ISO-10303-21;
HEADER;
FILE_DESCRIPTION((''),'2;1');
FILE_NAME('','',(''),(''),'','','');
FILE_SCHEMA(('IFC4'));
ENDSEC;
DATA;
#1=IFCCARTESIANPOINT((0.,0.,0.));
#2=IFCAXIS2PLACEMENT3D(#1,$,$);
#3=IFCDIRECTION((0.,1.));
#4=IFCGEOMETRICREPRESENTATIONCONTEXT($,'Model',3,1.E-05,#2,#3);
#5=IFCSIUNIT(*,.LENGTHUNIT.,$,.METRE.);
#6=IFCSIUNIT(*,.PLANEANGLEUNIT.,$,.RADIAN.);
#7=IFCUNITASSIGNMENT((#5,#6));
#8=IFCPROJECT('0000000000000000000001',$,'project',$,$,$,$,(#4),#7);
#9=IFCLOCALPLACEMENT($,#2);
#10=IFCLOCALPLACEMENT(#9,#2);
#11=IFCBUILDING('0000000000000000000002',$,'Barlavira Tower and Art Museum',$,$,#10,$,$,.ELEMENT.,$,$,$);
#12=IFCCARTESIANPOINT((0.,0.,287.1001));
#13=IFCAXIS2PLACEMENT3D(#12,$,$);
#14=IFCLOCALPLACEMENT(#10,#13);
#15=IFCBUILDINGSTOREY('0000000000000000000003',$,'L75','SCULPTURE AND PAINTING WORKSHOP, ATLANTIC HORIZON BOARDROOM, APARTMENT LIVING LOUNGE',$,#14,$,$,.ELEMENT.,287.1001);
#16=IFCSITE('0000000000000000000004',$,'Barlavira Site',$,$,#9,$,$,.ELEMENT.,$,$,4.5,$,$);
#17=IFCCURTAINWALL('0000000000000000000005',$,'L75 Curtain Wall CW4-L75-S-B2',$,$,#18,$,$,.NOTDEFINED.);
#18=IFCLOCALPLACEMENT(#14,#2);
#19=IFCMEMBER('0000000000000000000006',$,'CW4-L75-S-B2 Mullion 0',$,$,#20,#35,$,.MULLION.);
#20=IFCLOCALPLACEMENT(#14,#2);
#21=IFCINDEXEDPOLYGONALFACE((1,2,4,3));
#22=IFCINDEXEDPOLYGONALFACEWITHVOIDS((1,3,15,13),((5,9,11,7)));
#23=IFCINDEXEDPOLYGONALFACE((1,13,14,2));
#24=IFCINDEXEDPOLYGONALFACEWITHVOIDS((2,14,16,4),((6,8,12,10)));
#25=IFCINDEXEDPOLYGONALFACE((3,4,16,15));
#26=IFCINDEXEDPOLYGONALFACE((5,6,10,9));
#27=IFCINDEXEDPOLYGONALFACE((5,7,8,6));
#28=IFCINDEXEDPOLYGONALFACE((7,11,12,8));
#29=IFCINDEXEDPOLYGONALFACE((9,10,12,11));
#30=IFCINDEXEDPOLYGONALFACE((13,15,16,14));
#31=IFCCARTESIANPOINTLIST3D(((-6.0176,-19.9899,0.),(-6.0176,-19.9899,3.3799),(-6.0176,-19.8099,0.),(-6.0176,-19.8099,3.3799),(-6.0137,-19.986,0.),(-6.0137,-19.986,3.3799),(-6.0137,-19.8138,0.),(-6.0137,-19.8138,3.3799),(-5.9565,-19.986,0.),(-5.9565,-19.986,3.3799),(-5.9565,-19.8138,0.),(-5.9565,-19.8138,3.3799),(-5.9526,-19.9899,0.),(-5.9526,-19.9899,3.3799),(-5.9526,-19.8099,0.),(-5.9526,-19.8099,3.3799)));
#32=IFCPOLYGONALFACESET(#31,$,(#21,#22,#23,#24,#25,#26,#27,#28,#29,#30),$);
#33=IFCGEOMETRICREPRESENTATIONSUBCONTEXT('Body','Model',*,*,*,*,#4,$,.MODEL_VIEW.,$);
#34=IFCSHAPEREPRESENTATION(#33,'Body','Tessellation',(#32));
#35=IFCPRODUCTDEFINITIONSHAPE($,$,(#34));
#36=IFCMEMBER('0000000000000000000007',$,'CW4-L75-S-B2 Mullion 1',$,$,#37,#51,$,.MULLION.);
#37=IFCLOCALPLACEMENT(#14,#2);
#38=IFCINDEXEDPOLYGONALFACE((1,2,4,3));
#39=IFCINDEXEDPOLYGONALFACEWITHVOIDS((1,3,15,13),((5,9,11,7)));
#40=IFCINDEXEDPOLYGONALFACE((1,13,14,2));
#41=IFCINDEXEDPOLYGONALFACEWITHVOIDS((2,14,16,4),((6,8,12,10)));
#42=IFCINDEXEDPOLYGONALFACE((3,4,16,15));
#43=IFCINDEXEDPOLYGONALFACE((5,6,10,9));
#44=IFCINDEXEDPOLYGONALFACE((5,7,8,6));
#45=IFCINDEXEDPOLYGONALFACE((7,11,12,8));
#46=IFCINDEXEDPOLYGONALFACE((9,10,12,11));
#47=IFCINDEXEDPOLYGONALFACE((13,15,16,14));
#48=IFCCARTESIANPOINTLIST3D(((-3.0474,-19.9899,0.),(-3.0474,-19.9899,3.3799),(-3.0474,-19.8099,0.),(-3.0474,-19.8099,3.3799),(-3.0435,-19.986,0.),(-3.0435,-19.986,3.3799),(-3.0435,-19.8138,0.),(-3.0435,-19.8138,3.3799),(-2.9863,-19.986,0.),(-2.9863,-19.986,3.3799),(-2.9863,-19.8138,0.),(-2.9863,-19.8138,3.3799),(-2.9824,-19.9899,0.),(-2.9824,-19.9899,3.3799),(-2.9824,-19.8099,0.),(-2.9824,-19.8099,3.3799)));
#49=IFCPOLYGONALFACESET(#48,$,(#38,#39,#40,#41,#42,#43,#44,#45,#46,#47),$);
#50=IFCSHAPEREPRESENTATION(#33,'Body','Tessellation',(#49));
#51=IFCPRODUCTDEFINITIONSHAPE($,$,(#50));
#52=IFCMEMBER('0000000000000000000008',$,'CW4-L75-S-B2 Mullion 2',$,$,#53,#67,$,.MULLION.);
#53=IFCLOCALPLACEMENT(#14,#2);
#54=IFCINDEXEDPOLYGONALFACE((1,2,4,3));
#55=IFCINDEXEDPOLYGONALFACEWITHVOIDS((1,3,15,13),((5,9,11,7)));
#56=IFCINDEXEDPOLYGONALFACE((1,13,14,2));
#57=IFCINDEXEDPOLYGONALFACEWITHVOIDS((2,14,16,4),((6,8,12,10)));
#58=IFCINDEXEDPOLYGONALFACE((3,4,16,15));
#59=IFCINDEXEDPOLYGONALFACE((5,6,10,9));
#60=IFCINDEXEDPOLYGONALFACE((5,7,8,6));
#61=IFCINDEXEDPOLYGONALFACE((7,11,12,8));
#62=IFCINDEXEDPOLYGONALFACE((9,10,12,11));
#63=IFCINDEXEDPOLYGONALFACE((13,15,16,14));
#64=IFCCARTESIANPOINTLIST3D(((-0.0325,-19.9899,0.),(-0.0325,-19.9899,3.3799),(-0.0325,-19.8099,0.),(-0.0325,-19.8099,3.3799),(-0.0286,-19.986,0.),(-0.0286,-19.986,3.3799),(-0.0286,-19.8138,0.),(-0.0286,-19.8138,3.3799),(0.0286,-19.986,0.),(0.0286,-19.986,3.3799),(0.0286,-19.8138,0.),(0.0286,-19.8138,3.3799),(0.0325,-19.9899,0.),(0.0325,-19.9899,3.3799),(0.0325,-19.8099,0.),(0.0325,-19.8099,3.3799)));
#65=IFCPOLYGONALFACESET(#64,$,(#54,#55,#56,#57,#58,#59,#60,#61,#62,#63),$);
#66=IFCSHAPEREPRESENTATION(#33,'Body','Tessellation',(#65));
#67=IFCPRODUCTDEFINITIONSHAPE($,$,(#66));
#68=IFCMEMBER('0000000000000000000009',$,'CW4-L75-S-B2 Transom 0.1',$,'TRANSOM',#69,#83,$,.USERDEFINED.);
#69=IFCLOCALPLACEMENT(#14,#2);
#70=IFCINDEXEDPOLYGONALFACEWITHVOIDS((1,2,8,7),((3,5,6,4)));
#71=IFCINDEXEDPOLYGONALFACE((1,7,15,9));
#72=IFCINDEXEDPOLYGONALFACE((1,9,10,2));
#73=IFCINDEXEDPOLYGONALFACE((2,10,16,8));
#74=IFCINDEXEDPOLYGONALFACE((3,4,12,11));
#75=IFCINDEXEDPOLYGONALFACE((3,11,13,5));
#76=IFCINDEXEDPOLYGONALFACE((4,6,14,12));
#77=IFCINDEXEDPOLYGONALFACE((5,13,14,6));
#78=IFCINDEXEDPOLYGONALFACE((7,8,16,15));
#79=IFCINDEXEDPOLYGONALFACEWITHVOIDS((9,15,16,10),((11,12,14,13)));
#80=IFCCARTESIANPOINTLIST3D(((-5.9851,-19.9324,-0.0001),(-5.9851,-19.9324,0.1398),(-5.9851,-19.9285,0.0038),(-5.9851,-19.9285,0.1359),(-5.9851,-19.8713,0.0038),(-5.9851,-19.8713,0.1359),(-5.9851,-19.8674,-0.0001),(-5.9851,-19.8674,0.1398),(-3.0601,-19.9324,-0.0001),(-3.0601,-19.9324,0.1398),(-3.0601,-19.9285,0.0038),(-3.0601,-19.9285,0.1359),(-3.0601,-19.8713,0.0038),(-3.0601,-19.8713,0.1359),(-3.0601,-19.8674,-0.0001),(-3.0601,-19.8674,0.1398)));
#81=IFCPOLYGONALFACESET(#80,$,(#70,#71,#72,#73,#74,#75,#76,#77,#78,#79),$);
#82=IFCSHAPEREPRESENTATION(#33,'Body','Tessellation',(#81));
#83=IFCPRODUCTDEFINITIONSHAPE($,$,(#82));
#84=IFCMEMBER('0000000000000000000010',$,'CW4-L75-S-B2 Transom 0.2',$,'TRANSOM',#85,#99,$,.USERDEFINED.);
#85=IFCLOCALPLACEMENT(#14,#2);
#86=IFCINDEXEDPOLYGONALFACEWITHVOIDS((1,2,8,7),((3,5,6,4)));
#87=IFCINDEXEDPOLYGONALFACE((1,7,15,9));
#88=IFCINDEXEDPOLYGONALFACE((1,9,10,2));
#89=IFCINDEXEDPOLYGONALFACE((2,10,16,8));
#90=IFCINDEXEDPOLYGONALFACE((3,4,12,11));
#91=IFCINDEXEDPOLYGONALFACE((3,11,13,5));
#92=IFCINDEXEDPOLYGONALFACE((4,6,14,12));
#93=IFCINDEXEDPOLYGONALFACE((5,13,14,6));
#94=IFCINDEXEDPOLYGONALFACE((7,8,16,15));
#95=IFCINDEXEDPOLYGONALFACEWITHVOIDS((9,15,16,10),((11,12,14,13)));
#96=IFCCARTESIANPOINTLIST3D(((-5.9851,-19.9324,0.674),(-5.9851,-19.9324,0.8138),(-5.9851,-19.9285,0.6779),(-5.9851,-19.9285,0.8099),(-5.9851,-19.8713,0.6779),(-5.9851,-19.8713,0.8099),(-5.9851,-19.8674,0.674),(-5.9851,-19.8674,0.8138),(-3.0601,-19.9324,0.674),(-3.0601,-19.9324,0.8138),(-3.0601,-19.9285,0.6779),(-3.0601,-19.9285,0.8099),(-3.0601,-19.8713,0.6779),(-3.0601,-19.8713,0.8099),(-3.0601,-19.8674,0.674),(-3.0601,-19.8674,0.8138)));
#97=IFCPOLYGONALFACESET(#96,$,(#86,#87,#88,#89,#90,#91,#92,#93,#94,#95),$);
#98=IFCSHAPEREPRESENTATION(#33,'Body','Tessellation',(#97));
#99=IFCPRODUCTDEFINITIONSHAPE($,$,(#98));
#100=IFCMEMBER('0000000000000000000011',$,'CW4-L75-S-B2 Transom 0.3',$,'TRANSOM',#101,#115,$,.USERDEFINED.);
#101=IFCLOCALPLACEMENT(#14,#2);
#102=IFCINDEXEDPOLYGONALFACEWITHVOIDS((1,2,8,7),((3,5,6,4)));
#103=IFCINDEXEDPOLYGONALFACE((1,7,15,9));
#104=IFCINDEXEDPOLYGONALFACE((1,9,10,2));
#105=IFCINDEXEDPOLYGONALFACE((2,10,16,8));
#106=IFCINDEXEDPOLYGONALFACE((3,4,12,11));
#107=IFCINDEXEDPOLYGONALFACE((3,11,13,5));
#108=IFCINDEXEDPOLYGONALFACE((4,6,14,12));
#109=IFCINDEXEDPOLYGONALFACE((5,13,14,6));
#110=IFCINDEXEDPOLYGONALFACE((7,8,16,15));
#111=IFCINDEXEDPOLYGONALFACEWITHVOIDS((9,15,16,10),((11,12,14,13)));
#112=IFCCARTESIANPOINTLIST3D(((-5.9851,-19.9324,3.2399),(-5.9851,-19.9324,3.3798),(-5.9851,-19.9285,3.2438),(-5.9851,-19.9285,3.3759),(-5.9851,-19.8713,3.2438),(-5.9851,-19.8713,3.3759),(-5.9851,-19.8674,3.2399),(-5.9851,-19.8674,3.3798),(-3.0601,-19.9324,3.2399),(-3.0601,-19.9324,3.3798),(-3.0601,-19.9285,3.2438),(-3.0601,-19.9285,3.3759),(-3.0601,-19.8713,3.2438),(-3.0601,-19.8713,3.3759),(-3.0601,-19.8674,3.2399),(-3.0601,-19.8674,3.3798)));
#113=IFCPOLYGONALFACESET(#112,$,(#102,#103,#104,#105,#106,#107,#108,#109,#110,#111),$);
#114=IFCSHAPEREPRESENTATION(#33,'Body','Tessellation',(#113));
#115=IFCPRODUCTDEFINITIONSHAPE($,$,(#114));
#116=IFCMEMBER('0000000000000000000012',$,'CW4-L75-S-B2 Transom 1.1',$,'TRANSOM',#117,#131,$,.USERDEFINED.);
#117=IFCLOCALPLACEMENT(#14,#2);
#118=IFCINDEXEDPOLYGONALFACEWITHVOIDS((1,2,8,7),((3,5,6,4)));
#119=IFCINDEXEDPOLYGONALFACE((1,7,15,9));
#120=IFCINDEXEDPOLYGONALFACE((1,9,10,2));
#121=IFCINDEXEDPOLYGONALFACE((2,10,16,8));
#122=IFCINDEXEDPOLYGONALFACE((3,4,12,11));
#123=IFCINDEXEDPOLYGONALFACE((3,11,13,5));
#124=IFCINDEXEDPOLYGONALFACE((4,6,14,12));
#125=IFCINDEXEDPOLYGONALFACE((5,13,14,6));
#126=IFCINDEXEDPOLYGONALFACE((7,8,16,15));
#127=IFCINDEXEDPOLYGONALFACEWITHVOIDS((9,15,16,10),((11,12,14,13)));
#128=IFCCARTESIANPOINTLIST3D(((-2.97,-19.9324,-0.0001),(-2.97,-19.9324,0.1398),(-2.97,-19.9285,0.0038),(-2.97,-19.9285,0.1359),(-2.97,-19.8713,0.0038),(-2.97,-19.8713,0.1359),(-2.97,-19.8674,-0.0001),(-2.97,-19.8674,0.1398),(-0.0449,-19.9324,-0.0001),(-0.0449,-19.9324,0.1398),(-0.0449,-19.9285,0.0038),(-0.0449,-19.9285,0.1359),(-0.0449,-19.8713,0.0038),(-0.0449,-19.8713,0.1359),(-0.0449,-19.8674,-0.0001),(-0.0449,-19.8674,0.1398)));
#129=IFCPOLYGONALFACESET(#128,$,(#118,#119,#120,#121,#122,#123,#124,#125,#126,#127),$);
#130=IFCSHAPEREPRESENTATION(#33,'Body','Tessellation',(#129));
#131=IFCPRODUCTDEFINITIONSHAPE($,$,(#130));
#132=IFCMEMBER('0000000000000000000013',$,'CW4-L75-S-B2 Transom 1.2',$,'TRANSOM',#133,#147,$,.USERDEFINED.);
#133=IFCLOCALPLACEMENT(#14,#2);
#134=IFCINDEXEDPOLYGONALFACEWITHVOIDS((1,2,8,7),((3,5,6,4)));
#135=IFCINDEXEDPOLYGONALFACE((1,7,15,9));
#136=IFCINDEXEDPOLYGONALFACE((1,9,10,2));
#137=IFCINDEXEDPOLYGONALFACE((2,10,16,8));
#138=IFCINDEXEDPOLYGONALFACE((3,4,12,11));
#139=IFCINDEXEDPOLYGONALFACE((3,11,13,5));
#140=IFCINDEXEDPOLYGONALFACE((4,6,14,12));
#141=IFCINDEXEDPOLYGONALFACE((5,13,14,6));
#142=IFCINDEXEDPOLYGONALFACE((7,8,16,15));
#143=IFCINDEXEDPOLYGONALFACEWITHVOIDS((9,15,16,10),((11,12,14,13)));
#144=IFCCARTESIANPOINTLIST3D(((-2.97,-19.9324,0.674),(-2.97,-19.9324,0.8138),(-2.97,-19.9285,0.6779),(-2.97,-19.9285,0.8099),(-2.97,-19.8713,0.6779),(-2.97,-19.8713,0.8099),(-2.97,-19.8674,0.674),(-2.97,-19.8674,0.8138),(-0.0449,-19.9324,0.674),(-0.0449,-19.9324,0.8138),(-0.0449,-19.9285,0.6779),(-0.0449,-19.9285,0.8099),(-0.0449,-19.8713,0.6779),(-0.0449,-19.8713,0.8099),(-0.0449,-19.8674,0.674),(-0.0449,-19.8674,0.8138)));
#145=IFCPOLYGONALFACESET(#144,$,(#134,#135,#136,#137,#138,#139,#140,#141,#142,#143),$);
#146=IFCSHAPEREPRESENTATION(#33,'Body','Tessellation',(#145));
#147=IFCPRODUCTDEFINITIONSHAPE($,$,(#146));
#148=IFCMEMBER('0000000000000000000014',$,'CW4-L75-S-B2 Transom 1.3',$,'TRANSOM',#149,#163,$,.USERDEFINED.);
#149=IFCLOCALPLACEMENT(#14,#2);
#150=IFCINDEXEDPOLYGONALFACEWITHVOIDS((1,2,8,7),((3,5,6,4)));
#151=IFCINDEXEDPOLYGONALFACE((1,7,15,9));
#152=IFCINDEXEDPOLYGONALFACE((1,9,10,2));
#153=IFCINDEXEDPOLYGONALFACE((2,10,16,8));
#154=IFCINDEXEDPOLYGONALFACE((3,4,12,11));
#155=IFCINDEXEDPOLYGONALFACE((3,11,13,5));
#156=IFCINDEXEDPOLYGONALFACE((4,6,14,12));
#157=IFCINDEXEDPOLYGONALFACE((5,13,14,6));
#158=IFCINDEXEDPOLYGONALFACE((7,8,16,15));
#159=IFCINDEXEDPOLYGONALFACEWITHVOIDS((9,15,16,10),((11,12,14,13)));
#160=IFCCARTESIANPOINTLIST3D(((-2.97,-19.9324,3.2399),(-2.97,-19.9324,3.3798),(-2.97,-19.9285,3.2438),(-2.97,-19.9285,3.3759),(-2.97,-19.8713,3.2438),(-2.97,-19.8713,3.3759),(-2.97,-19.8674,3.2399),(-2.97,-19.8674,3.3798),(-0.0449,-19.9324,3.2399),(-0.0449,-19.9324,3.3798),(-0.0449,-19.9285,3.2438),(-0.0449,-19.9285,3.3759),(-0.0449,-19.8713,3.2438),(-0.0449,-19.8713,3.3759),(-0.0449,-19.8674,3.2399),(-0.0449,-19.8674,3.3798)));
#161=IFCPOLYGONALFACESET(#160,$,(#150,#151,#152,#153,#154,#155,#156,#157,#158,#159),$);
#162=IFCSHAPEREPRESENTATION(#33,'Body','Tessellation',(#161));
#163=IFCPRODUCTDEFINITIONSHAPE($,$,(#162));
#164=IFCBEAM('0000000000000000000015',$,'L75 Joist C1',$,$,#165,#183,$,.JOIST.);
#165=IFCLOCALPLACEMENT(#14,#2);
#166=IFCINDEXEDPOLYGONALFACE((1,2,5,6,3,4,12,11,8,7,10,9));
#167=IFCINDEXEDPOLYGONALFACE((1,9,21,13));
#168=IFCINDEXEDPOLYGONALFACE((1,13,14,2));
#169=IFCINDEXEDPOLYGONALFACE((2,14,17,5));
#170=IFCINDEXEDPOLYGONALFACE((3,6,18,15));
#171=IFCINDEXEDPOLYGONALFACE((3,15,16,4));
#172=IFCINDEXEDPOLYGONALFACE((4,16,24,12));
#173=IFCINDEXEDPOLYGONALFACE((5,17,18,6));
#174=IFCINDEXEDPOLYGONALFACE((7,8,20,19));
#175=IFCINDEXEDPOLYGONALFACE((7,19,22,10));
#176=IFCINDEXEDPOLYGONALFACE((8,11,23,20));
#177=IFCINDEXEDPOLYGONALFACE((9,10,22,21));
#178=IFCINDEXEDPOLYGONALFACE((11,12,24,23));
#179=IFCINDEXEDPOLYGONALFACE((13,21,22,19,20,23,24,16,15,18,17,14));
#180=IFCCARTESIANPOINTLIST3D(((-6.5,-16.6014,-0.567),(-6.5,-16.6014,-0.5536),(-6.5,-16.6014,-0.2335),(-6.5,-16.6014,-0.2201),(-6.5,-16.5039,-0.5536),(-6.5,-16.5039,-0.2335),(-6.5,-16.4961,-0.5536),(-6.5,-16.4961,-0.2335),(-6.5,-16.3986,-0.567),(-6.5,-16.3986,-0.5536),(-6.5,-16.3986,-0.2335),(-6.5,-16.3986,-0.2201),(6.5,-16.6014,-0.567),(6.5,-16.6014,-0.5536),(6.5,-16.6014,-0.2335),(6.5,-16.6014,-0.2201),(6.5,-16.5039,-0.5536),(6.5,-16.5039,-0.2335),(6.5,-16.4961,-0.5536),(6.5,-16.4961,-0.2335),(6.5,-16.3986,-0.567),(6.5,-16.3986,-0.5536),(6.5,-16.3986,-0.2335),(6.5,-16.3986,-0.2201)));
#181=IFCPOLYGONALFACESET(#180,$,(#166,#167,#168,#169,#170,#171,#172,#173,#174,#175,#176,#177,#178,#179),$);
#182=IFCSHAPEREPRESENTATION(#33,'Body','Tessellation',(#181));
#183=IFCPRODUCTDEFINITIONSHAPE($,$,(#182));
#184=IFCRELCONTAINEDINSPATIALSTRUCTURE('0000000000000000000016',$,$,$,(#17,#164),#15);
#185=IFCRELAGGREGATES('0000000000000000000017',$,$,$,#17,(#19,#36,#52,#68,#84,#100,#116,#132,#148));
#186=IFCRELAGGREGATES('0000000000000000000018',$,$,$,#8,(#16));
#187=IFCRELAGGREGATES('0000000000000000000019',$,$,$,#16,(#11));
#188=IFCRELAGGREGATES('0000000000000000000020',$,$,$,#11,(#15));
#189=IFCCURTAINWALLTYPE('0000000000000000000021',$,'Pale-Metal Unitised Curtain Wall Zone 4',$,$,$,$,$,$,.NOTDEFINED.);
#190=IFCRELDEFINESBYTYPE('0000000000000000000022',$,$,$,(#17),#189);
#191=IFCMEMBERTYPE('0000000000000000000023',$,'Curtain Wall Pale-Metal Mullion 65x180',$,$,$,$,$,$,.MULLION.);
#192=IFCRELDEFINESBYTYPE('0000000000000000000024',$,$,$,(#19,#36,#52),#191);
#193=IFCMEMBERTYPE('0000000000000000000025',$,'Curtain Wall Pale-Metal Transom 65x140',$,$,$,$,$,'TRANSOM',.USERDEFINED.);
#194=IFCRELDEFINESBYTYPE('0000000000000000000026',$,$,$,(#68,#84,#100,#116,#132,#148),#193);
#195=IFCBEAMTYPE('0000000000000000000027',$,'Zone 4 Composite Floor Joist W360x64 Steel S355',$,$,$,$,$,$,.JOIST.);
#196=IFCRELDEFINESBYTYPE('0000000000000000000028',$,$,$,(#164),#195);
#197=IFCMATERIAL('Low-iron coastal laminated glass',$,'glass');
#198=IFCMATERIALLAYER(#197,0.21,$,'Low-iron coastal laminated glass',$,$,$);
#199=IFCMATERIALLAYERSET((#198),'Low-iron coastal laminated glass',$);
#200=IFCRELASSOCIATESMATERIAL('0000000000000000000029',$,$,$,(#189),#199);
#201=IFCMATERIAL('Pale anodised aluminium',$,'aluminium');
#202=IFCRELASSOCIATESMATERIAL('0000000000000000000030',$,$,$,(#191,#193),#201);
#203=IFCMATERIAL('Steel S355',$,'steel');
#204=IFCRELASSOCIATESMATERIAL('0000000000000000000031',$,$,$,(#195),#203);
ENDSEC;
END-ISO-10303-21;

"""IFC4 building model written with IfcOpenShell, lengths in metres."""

from ifc_helpers import new_model, si_unit, direction, frame, origin, origin_2d, place, context, subcontext, project, spatial, hollow_rectangle, i_section, extrude, material, layer, layer_set, material_profile, profile_set, type_object, element, aggregate, save


model = new_model("IFC4")

# Units and contexts
model_context = context("Model", 3, precision=1e-05, world=origin(), true_north=direction((0.0, 1.0)))
body_context = subcontext(model_context, "Body", "Model", "MODEL_VIEW")
ifc_project = project(units=[si_unit("LENGTHUNIT", "METRE"), si_unit("PLANEANGLEUNIT", "RADIAN")], contexts=[model_context])

# Site, building, storey
site_placement = place(None, origin())
site = spatial("IfcSite", under=ifc_project, at=site_placement, Name="Barlavira Site", CompositionType="ELEMENT", RefElevation=4.5)
building_placement = place(site_placement, origin())
building = spatial("IfcBuilding", under=site, at=building_placement, Name="Barlavira Tower and Art Museum", CompositionType="ELEMENT")
storey_placement = place(building_placement, frame((0.0, 0.0, 287.1001)))
storey = spatial("IfcBuildingStorey", under=building, at=storey_placement, Name="L75", Description="SCULPTURE AND PAINTING WORKSHOP, ATLANTIC HORIZON BOARDROOM, APARTMENT LIVING LOUNGE", CompositionType="ELEMENT", Elevation=287.1001)

# Curtain wall, members
ifc_material_1 = material(Name="Low-iron coastal laminated glass", Category="glass")
ifc_layer_1 = layer(ifc_material_1, 0.21, Name="Low-iron coastal laminated glass")
ifc_layer_set_1 = layer_set([ifc_layer_1], Name="Low-iron coastal laminated glass")
curtain_wall_type = type_object("IfcCurtainWallType", Name="Pale-Metal Unitised Curtain Wall Zone 4", PredefinedType="NOTDEFINED", material=ifc_layer_set_1)
curtain_wall_placement = place(storey_placement, origin())
curtain_wall = element("IfcCurtainWall", 1, at=curtain_wall_placement, inside=storey, type_object=curtain_wall_type, Name="L75 Curtain Wall CW4-L75-S-B2", PredefinedType="NOTDEFINED")
ifc_material_2 = material(Name="Pale anodised aluminium", Category="aluminium")
ifc_material_profile_1 = material_profile(ifc_material_2, hollow_rectangle(XDim=0.0649, YDim=0.1799, WallThickness=0.0039, at=origin_2d()), Name="ALU-MULL 65x180x4")
ifc_profile_set_1 = profile_set([ifc_material_profile_1], Name="Pale anodised aluminium")
member_type_1 = type_object("IfcMemberType", Name="Curtain Wall Pale-Metal Mullion 65x180", PredefinedType="MULLION", material=ifc_profile_set_1)
member_1_placement = place(storey_placement, frame((-5.9851, -19.8999, 0.0), z_axis=(0.0, 0.0, 1.0), x_axis=(1.0, 0.0, 0.0)))
member_1 = element("IfcMember", 2, at=member_1_placement, type_object=member_type_1, Name="CW4-L75-S-B2 Mullion 0", PredefinedType="MULLION", context=body_context, shape_type="SweptSolid", body=[
    extrude(hollow_rectangle(XDim=0.0649, YDim=0.1799, WallThickness=0.0039, at=origin_2d()), origin(), (0.0, 0.0, 1.0), 3.3799),
])
member_2_placement = place(storey_placement, frame((-3.0149, -19.8999, 0.0), z_axis=(0.0, 0.0, 1.0), x_axis=(1.0, 0.0, 0.0)))
member_2 = element("IfcMember", 3, at=member_2_placement, type_object=member_type_1, Name="CW4-L75-S-B2 Mullion 1", PredefinedType="MULLION", context=body_context, shape_type="SweptSolid", body=[
    extrude(hollow_rectangle(XDim=0.0649, YDim=0.1799, WallThickness=0.0039, at=origin_2d()), origin(), (0.0, 0.0, 1.0), 3.3799),
])
member_3_placement = place(storey_placement, frame((0.0, -19.8999, 0.0), z_axis=(0.0, 0.0, 1.0), x_axis=(1.0, 0.0, 0.0)))
member_3 = element("IfcMember", 4, at=member_3_placement, type_object=member_type_1, Name="CW4-L75-S-B2 Mullion 2", PredefinedType="MULLION", context=body_context, shape_type="SweptSolid", body=[
    extrude(hollow_rectangle(XDim=0.0649, YDim=0.1799, WallThickness=0.0039, at=origin_2d()), origin(), (0.0, 0.0, 1.0), 3.3799),
])
ifc_material_profile_2 = material_profile(ifc_material_2, hollow_rectangle(XDim=0.0649, YDim=0.1399, WallThickness=0.0039, at=origin_2d()), Name="ALU-TRAN 65x140x4")
ifc_profile_set_2 = profile_set([ifc_material_profile_2], Name="Pale anodised aluminium")
member_type_2 = type_object("IfcMemberType", Name="Curtain Wall Pale-Metal Transom 65x140", ElementType="TRANSOM", PredefinedType="USERDEFINED", material=ifc_profile_set_2)
member_4_placement = place(storey_placement, frame((-5.9851, -19.8999, 0.0698), z_axis=(1.0, 0.0, 0.0), x_axis=(0.0, 1.0, 0.0)))
member_4 = element("IfcMember", 5, at=member_4_placement, type_object=member_type_2, Name="CW4-L75-S-B2 Transom 0.1", ObjectType="TRANSOM", PredefinedType="USERDEFINED", context=body_context, shape_type="SweptSolid", body=[
    extrude(hollow_rectangle(XDim=0.0649, YDim=0.1399, WallThickness=0.0039, at=origin_2d()), origin(), (0.0, 0.0, 1.0), 2.925),
])
member_5_placement = place(storey_placement, frame((-5.9851, -19.8999, 0.7439), z_axis=(1.0, 0.0, 0.0), x_axis=(0.0, 1.0, 0.0)))
member_5 = element("IfcMember", 6, at=member_5_placement, type_object=member_type_2, Name="CW4-L75-S-B2 Transom 0.2", ObjectType="TRANSOM", PredefinedType="USERDEFINED", context=body_context, shape_type="SweptSolid", body=[
    extrude(hollow_rectangle(XDim=0.0649, YDim=0.1399, WallThickness=0.0039, at=origin_2d()), origin(), (0.0, 0.0, 1.0), 2.925),
])
member_6_placement = place(storey_placement, frame((-5.9851, -19.8999, 3.3098), z_axis=(1.0, 0.0, 0.0), x_axis=(0.0, 1.0, 0.0)))
member_6 = element("IfcMember", 7, at=member_6_placement, type_object=member_type_2, Name="CW4-L75-S-B2 Transom 0.3", ObjectType="TRANSOM", PredefinedType="USERDEFINED", context=body_context, shape_type="SweptSolid", body=[
    extrude(hollow_rectangle(XDim=0.0649, YDim=0.1399, WallThickness=0.0039, at=origin_2d()), origin(), (0.0, 0.0, 1.0), 2.925),
])
member_7_placement = place(storey_placement, frame((-2.97, -19.8999, 0.0698), z_axis=(1.0, 0.0, 0.0), x_axis=(0.0, 1.0, 0.0)))
member_7 = element("IfcMember", 8, at=member_7_placement, type_object=member_type_2, Name="CW4-L75-S-B2 Transom 1.1", ObjectType="TRANSOM", PredefinedType="USERDEFINED", context=body_context, shape_type="SweptSolid", body=[
    extrude(hollow_rectangle(XDim=0.0649, YDim=0.1399, WallThickness=0.0039, at=origin_2d()), origin(), (0.0, 0.0, 1.0), 2.925),
])
member_8_placement = place(storey_placement, frame((-2.97, -19.8999, 0.7439), z_axis=(1.0, 0.0, 0.0), x_axis=(0.0, 1.0, 0.0)))
member_8 = element("IfcMember", 9, at=member_8_placement, type_object=member_type_2, Name="CW4-L75-S-B2 Transom 1.2", ObjectType="TRANSOM", PredefinedType="USERDEFINED", context=body_context, shape_type="SweptSolid", body=[
    extrude(hollow_rectangle(XDim=0.0649, YDim=0.1399, WallThickness=0.0039, at=origin_2d()), origin(), (0.0, 0.0, 1.0), 2.925),
])
member_9_placement = place(storey_placement, frame((-2.97, -19.8999, 3.3098), z_axis=(1.0, 0.0, 0.0), x_axis=(0.0, 1.0, 0.0)))
member_9 = element("IfcMember", 10, at=member_9_placement, type_object=member_type_2, Name="CW4-L75-S-B2 Transom 1.3", ObjectType="TRANSOM", PredefinedType="USERDEFINED", context=body_context, shape_type="SweptSolid", body=[
    extrude(hollow_rectangle(XDim=0.0649, YDim=0.1399, WallThickness=0.0039, at=origin_2d()), origin(), (0.0, 0.0, 1.0), 2.925),
])

# Beam
ifc_material_3 = material(Name="Steel S355", Category="steel")
ifc_material_profile_3 = material_profile(ifc_material_3, i_section(OverallWidth=0.2029, OverallDepth=0.3469, WebThickness=0.0078, FlangeThickness=0.0134, at=origin_2d()), Name="W360x64.0")
ifc_profile_set_3 = profile_set([ifc_material_profile_3], Name="Steel S355")
beam_type = type_object("IfcBeamType", Name="Zone 4 Composite Floor Joist W360x64 Steel S355", PredefinedType="JOIST", material=ifc_profile_set_3)
beam_placement = place(storey_placement, frame((-6.5, -16.5, -0.3936), z_axis=(1.0, 0.0, 0.0), x_axis=(0.0, 1.0, 0.0)))
element("IfcBeam", 11, at=beam_placement, inside=storey, type_object=beam_type, Name="L75 Joist C1", PredefinedType="JOIST", context=body_context, shape_type="SweptSolid", body=[
    extrude(i_section(OverallWidth=0.2029, OverallDepth=0.3469, WebThickness=0.0078, FlangeThickness=0.0134, at=origin_2d()), origin(), (0.0, 0.0, 1.0), 13.0),
])

aggregate(curtain_wall, [member_1, member_2, member_3, member_4, member_5, member_6, member_7, member_8, member_9])

save(model, "model.ifc")
